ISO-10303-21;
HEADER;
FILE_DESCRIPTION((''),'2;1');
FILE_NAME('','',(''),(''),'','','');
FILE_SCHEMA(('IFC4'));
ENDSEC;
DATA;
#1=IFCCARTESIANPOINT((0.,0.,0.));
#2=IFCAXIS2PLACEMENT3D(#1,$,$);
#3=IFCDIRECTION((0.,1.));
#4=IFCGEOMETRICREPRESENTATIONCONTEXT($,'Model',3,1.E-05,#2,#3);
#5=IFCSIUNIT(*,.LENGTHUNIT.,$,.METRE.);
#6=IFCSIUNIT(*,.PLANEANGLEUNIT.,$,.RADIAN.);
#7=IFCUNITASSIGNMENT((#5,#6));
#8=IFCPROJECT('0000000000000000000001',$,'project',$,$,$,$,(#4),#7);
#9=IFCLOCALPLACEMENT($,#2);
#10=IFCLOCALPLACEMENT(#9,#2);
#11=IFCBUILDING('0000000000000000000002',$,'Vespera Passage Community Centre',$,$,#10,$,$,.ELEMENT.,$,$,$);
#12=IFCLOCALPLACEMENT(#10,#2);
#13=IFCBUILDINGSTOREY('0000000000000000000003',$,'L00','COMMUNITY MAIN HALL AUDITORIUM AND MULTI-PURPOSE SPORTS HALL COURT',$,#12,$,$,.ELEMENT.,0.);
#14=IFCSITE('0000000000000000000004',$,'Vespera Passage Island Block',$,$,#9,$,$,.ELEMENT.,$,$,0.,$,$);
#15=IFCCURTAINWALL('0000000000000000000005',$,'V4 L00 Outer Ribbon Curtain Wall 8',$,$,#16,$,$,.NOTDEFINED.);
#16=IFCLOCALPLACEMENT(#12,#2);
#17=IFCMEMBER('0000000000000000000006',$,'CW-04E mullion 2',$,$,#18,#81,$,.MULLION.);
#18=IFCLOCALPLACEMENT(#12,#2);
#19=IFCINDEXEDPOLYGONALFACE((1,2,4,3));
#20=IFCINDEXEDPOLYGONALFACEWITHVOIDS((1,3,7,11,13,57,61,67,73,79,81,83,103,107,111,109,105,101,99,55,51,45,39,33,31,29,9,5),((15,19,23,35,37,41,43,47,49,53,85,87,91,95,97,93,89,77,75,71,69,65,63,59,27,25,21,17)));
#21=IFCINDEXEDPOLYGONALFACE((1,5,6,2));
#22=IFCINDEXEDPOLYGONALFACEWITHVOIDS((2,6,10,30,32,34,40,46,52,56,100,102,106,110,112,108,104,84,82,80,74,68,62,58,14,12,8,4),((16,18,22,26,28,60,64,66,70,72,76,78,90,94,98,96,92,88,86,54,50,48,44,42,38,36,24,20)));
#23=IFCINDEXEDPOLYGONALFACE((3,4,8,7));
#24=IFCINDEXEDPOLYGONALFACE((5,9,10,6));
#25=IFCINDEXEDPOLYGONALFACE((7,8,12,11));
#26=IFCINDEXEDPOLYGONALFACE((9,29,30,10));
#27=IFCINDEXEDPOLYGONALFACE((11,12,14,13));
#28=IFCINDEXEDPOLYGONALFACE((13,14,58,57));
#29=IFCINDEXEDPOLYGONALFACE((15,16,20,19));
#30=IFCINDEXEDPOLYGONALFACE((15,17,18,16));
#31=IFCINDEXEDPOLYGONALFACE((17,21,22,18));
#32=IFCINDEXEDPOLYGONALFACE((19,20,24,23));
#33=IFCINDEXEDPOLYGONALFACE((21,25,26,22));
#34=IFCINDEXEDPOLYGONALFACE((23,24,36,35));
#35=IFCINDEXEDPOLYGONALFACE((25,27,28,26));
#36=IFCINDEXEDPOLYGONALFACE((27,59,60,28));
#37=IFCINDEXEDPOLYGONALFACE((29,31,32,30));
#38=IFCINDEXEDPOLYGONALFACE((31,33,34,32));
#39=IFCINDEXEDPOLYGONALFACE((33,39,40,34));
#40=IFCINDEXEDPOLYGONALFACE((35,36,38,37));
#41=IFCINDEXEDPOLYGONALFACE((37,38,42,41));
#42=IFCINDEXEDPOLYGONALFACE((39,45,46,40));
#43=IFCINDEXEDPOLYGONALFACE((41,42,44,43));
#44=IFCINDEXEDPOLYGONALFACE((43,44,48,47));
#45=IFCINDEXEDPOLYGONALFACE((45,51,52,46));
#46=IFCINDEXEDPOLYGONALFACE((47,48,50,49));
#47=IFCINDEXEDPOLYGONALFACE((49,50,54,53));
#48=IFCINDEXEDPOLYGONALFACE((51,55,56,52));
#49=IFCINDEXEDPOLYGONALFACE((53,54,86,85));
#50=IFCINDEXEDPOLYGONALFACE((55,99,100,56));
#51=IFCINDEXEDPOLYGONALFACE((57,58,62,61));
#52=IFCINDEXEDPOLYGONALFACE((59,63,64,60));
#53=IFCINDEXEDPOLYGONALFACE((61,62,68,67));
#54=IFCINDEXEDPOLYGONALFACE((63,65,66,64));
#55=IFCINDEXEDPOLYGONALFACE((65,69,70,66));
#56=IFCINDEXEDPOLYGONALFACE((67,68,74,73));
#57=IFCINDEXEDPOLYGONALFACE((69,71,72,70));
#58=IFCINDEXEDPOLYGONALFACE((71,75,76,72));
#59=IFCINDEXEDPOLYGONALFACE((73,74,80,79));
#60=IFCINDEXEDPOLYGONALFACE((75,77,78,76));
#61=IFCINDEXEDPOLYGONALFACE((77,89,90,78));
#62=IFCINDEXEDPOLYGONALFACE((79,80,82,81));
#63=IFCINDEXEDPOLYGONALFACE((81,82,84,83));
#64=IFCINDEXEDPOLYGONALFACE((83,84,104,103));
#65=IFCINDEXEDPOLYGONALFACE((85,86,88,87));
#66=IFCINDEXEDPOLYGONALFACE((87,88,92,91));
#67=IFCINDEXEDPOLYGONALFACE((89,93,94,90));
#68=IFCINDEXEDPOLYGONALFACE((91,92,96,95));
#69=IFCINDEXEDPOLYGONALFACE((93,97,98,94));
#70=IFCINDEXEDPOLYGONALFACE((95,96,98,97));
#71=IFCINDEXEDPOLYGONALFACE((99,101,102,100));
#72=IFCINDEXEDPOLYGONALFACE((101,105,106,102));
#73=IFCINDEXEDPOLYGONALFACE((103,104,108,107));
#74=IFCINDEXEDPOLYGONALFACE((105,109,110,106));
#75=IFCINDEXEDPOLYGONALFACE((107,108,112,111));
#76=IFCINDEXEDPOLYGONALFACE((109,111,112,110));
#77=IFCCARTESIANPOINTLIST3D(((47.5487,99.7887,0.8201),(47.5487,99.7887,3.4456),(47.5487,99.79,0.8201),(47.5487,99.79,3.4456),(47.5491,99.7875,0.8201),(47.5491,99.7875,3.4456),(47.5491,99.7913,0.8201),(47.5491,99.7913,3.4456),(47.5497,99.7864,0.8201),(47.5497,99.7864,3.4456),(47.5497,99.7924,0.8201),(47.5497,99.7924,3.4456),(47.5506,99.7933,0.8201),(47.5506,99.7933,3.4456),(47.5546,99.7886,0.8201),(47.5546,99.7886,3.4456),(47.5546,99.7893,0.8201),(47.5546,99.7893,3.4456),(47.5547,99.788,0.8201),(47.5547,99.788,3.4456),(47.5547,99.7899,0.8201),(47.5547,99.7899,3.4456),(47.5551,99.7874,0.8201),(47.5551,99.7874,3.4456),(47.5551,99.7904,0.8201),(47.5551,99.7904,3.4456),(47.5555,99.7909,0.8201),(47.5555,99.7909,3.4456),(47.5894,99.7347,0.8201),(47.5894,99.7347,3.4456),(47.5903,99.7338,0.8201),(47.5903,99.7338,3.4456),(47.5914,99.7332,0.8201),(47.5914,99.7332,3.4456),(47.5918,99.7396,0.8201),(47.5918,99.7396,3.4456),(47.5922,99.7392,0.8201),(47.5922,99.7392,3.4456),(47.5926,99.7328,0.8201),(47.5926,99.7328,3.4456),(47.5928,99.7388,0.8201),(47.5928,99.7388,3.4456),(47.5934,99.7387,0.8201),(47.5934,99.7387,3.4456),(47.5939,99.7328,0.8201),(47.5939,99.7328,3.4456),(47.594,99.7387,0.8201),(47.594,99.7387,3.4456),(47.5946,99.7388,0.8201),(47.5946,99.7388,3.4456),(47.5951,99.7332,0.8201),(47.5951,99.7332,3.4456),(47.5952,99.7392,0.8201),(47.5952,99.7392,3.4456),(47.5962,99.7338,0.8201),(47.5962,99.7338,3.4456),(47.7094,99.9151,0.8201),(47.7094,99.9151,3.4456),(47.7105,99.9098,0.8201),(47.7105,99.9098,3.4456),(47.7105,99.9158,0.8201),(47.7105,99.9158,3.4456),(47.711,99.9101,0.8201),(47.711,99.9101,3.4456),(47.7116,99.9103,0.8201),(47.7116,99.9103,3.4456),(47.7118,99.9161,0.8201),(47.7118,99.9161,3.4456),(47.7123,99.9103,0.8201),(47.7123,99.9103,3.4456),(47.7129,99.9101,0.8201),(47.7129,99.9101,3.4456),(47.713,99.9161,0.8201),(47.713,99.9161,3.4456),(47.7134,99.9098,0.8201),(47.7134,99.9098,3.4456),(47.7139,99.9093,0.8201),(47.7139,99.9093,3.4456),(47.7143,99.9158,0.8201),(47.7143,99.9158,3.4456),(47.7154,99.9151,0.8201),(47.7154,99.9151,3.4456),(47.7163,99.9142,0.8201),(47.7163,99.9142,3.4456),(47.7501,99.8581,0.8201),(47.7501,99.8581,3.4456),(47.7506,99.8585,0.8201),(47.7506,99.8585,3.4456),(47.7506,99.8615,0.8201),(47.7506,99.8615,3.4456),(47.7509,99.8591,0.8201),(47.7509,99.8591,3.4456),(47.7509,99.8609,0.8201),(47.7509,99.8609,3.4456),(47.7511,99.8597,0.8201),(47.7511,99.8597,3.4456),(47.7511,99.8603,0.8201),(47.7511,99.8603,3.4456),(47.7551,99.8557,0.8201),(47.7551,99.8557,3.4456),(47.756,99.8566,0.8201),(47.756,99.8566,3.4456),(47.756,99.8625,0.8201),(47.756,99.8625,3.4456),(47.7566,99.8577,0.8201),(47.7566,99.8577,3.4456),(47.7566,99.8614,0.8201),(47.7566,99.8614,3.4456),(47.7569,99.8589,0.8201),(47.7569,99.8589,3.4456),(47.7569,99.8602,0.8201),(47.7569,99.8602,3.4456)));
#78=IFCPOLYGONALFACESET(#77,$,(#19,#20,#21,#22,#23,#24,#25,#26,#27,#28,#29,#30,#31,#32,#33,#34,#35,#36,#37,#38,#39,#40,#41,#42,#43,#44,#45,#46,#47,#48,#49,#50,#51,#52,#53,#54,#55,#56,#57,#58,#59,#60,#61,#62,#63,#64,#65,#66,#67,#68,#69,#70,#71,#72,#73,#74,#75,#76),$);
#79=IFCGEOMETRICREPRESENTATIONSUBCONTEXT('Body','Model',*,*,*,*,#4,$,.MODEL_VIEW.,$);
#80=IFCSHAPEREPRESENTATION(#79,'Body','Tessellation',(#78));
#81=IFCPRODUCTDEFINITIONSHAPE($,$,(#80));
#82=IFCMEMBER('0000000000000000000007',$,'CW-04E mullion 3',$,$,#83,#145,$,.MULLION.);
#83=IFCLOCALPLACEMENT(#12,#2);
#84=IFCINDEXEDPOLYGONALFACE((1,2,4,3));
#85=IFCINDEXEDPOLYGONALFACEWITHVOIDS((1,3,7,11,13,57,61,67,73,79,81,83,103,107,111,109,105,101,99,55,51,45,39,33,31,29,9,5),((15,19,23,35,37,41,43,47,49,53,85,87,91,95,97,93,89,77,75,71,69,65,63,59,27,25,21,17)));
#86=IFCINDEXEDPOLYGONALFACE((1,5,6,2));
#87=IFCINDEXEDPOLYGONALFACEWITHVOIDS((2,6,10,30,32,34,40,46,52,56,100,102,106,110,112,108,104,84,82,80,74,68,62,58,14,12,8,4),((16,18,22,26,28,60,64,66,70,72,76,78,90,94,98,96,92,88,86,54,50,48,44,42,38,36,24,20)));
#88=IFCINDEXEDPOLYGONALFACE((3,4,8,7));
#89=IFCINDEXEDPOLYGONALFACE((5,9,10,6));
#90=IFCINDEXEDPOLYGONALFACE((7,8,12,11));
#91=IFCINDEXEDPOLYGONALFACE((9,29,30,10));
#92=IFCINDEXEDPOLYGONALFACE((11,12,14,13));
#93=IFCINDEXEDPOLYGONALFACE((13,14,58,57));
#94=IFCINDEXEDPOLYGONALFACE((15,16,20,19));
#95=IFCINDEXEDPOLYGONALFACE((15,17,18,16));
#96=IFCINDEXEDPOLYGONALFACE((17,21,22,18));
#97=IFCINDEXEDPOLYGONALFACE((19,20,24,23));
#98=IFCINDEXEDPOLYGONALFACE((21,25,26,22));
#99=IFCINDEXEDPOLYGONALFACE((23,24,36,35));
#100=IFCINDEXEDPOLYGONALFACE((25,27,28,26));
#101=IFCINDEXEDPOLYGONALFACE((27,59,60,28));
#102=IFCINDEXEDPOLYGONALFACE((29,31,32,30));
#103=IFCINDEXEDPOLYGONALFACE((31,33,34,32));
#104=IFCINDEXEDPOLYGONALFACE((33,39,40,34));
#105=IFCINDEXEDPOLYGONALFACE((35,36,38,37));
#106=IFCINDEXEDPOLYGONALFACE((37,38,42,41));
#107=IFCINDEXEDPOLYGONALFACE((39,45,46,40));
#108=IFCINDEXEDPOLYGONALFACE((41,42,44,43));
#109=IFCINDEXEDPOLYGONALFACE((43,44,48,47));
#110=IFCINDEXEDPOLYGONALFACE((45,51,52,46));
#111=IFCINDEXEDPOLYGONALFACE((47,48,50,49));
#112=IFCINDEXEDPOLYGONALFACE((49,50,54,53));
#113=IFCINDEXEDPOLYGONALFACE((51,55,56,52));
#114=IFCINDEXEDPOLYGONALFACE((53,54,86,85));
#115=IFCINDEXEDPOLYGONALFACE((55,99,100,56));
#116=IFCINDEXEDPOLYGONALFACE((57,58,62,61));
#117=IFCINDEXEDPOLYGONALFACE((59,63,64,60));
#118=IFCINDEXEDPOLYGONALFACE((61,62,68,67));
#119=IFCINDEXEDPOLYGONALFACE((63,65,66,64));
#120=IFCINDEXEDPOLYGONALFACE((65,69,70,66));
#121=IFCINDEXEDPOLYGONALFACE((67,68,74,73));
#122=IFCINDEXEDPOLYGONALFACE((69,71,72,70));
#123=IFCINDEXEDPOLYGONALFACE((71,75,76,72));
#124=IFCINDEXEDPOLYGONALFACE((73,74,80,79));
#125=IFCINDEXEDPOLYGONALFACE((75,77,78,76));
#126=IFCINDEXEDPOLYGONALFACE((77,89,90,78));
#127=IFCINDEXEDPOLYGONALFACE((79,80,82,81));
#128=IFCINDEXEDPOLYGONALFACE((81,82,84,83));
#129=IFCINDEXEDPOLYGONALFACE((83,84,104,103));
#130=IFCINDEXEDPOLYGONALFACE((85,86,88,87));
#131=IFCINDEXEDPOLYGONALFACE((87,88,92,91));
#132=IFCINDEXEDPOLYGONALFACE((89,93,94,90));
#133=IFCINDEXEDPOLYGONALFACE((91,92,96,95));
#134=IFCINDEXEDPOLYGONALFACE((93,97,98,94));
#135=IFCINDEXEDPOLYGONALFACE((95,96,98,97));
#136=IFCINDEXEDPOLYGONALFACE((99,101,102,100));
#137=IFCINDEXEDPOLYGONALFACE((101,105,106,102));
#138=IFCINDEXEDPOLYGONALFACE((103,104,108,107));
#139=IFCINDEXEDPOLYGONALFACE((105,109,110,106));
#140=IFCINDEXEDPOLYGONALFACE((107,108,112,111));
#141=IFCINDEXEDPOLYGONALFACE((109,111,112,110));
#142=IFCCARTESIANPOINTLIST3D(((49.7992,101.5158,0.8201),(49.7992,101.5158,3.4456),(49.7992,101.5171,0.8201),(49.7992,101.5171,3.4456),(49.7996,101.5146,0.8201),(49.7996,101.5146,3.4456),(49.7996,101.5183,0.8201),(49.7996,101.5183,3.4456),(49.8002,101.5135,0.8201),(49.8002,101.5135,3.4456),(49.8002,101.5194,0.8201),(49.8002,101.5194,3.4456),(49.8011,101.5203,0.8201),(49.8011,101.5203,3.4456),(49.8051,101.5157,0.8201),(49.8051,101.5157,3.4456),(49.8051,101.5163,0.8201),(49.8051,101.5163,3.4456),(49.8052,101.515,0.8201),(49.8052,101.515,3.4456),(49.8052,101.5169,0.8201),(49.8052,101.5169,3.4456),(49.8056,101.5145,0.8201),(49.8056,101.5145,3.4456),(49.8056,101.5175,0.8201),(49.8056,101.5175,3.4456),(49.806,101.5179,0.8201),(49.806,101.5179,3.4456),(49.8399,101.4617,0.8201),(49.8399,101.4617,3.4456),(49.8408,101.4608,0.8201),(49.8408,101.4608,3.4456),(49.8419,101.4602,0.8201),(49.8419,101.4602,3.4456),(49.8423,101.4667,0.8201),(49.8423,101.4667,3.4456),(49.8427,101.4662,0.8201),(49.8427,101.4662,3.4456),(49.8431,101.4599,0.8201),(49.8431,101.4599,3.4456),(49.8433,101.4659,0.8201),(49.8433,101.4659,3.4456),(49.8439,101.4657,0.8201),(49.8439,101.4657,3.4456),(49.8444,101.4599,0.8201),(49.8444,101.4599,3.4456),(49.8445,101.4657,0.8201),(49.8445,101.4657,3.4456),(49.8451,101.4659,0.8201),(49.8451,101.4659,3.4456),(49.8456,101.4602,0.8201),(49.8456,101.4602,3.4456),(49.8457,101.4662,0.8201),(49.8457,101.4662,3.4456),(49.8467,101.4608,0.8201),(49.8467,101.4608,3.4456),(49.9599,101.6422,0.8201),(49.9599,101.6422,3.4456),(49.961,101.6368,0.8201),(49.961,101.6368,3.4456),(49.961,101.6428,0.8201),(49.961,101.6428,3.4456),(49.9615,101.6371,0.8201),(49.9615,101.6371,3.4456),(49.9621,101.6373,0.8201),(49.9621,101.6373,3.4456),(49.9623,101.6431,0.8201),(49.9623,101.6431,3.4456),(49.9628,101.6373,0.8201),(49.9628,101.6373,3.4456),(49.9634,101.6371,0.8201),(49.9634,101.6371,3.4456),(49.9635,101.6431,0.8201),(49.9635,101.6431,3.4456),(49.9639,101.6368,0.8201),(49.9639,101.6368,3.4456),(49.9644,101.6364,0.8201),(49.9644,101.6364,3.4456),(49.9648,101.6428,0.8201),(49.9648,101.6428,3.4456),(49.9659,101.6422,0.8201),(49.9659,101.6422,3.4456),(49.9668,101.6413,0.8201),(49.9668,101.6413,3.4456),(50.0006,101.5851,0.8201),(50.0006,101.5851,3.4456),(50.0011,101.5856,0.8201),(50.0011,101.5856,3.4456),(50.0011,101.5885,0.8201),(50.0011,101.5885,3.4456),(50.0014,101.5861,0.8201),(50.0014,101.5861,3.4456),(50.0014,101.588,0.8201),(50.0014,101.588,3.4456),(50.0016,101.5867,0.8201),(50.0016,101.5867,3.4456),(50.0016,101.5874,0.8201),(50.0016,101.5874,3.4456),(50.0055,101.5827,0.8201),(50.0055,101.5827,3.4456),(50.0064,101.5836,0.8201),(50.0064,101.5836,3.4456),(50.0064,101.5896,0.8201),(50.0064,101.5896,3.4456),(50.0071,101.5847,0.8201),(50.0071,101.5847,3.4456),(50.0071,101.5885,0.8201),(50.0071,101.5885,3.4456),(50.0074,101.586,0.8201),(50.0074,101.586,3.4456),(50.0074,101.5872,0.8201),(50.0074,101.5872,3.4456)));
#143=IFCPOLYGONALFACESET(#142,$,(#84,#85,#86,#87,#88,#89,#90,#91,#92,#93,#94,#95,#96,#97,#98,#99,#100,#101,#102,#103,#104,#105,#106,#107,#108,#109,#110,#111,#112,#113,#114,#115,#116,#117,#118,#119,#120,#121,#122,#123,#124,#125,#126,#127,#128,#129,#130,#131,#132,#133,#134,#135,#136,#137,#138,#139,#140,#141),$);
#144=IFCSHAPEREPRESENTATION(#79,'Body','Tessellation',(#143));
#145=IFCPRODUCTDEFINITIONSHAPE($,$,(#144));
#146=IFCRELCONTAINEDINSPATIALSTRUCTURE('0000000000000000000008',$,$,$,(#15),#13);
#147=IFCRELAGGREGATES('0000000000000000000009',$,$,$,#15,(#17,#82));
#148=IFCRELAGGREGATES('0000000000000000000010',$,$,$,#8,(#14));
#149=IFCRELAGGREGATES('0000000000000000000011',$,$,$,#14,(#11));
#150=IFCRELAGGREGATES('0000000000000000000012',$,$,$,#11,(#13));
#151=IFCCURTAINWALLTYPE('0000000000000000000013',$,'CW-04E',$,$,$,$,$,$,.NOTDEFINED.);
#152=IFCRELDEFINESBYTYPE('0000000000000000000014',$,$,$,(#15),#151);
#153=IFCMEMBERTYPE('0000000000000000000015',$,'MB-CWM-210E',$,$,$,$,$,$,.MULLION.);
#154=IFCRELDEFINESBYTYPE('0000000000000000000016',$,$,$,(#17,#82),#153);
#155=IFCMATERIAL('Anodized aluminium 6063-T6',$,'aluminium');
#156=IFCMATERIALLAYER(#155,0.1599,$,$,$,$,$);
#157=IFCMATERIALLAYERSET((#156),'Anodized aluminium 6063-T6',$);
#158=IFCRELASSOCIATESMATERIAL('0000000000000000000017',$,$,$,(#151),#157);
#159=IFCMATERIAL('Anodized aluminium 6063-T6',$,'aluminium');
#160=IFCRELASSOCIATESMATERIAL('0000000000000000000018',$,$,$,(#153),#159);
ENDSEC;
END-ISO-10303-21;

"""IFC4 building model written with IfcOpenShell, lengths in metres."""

from ifc_helpers import new_model, si_unit, direction, frame, origin, origin_2d, place, context, subcontext, project, spatial, hollow_rectangle, extrude, material, layer, layer_set, material_profile, profile_set, type_object, element, aggregate, save


model = new_model("IFC4")

# Units and contexts
model_context = context("Model", 3, precision=1e-05, world=origin(), true_north=direction((0.0, 1.0)))
body_context = subcontext(model_context, "Body", "Model", "MODEL_VIEW")
ifc_project = project(units=[si_unit("LENGTHUNIT", "METRE"), si_unit("PLANEANGLEUNIT", "RADIAN")], contexts=[model_context])

# Site, building, storey
site_placement = place(None, origin())
site = spatial("IfcSite", under=ifc_project, at=site_placement, Name="Vespera Passage Island Block", CompositionType="ELEMENT", RefElevation=0.0)
building_placement = place(site_placement, origin())
building = spatial("IfcBuilding", under=site, at=building_placement, Name="Vespera Passage Community Centre", CompositionType="ELEMENT")
storey_placement = place(building_placement, origin())
storey = spatial("IfcBuildingStorey", under=building, at=storey_placement, Name="L00", Description="COMMUNITY MAIN HALL AUDITORIUM AND MULTI-PURPOSE SPORTS HALL COURT", CompositionType="ELEMENT", Elevation=0.0)

# Curtain wall, members
ifc_material_1 = material(Name="Anodized aluminium 6063-T6", Category="aluminium")
ifc_layer_1 = layer(ifc_material_1, 0.1599)
ifc_layer_set_1 = layer_set([ifc_layer_1], Name="Anodized aluminium 6063-T6")
curtain_wall_type_1 = type_object("IfcCurtainWallType", Name="CW-04E", PredefinedType="NOTDEFINED", material=ifc_layer_set_1)
curtain_wall_1_placement = place(storey_placement, origin())
curtain_wall_1 = element("IfcCurtainWall", 1, at=curtain_wall_1_placement, inside=storey, type_object=curtain_wall_type_1, Name="V4 L00 Outer Ribbon Curtain Wall 8", PredefinedType="NOTDEFINED")
ifc_material_2 = material(Name="Anodized aluminium 6063-T6", Category="aluminium")
ifc_material_profile_1 = material_profile(ifc_material_2, hollow_rectangle(XDim=0.075, YDim=0.21, WallThickness=0.0049, InnerFilletRadius=0.0024, OuterFilletRadius=0.0049, at=origin_2d()), Name="ALU210X75X5")
ifc_profile_set_1 = profile_set([ifc_material_profile_1], Name="Anodized aluminium 6063-T6")
member_type_1 = type_object("IfcMemberType", Name="MB-CWM-210E", PredefinedType="MULLION", material=ifc_profile_set_1)
member_1_placement = place(storey_placement, frame((47.6528, 99.8245, 0.8201), z_axis=(0.0, 0.0, 1.0), x_axis=(-0.608768, 0.793348, 0.0)))
member_1 = element("IfcMember", 2, at=member_1_placement, type_object=member_type_1, Name="CW-04E mullion 2", PredefinedType="MULLION", context=body_context, shape_type="SweptSolid", body=[
    extrude(hollow_rectangle(XDim=0.075, YDim=0.21, WallThickness=0.0049, InnerFilletRadius=0.0024, OuterFilletRadius=0.0049, at=origin_2d()), origin(), (0.0, 0.0, 1.0), 2.6255),
])
member_2_placement = place(storey_placement, frame((49.9033, 101.5515, 0.8201), z_axis=(0.0, 0.0, 1.0), x_axis=(-0.608768, 0.793348, 0.0)))
member_2 = element("IfcMember", 3, at=member_2_placement, type_object=member_type_1, Name="CW-04E mullion 3", PredefinedType="MULLION", context=body_context, shape_type="SweptSolid", body=[
    extrude(hollow_rectangle(XDim=0.075, YDim=0.21, WallThickness=0.0049, InnerFilletRadius=0.0024, OuterFilletRadius=0.0049, at=origin_2d()), origin(), (0.0, 0.0, 1.0), 2.6255),
])

aggregate(curtain_wall_1, [member_1, member_2])

save(model, "model.ifc")
